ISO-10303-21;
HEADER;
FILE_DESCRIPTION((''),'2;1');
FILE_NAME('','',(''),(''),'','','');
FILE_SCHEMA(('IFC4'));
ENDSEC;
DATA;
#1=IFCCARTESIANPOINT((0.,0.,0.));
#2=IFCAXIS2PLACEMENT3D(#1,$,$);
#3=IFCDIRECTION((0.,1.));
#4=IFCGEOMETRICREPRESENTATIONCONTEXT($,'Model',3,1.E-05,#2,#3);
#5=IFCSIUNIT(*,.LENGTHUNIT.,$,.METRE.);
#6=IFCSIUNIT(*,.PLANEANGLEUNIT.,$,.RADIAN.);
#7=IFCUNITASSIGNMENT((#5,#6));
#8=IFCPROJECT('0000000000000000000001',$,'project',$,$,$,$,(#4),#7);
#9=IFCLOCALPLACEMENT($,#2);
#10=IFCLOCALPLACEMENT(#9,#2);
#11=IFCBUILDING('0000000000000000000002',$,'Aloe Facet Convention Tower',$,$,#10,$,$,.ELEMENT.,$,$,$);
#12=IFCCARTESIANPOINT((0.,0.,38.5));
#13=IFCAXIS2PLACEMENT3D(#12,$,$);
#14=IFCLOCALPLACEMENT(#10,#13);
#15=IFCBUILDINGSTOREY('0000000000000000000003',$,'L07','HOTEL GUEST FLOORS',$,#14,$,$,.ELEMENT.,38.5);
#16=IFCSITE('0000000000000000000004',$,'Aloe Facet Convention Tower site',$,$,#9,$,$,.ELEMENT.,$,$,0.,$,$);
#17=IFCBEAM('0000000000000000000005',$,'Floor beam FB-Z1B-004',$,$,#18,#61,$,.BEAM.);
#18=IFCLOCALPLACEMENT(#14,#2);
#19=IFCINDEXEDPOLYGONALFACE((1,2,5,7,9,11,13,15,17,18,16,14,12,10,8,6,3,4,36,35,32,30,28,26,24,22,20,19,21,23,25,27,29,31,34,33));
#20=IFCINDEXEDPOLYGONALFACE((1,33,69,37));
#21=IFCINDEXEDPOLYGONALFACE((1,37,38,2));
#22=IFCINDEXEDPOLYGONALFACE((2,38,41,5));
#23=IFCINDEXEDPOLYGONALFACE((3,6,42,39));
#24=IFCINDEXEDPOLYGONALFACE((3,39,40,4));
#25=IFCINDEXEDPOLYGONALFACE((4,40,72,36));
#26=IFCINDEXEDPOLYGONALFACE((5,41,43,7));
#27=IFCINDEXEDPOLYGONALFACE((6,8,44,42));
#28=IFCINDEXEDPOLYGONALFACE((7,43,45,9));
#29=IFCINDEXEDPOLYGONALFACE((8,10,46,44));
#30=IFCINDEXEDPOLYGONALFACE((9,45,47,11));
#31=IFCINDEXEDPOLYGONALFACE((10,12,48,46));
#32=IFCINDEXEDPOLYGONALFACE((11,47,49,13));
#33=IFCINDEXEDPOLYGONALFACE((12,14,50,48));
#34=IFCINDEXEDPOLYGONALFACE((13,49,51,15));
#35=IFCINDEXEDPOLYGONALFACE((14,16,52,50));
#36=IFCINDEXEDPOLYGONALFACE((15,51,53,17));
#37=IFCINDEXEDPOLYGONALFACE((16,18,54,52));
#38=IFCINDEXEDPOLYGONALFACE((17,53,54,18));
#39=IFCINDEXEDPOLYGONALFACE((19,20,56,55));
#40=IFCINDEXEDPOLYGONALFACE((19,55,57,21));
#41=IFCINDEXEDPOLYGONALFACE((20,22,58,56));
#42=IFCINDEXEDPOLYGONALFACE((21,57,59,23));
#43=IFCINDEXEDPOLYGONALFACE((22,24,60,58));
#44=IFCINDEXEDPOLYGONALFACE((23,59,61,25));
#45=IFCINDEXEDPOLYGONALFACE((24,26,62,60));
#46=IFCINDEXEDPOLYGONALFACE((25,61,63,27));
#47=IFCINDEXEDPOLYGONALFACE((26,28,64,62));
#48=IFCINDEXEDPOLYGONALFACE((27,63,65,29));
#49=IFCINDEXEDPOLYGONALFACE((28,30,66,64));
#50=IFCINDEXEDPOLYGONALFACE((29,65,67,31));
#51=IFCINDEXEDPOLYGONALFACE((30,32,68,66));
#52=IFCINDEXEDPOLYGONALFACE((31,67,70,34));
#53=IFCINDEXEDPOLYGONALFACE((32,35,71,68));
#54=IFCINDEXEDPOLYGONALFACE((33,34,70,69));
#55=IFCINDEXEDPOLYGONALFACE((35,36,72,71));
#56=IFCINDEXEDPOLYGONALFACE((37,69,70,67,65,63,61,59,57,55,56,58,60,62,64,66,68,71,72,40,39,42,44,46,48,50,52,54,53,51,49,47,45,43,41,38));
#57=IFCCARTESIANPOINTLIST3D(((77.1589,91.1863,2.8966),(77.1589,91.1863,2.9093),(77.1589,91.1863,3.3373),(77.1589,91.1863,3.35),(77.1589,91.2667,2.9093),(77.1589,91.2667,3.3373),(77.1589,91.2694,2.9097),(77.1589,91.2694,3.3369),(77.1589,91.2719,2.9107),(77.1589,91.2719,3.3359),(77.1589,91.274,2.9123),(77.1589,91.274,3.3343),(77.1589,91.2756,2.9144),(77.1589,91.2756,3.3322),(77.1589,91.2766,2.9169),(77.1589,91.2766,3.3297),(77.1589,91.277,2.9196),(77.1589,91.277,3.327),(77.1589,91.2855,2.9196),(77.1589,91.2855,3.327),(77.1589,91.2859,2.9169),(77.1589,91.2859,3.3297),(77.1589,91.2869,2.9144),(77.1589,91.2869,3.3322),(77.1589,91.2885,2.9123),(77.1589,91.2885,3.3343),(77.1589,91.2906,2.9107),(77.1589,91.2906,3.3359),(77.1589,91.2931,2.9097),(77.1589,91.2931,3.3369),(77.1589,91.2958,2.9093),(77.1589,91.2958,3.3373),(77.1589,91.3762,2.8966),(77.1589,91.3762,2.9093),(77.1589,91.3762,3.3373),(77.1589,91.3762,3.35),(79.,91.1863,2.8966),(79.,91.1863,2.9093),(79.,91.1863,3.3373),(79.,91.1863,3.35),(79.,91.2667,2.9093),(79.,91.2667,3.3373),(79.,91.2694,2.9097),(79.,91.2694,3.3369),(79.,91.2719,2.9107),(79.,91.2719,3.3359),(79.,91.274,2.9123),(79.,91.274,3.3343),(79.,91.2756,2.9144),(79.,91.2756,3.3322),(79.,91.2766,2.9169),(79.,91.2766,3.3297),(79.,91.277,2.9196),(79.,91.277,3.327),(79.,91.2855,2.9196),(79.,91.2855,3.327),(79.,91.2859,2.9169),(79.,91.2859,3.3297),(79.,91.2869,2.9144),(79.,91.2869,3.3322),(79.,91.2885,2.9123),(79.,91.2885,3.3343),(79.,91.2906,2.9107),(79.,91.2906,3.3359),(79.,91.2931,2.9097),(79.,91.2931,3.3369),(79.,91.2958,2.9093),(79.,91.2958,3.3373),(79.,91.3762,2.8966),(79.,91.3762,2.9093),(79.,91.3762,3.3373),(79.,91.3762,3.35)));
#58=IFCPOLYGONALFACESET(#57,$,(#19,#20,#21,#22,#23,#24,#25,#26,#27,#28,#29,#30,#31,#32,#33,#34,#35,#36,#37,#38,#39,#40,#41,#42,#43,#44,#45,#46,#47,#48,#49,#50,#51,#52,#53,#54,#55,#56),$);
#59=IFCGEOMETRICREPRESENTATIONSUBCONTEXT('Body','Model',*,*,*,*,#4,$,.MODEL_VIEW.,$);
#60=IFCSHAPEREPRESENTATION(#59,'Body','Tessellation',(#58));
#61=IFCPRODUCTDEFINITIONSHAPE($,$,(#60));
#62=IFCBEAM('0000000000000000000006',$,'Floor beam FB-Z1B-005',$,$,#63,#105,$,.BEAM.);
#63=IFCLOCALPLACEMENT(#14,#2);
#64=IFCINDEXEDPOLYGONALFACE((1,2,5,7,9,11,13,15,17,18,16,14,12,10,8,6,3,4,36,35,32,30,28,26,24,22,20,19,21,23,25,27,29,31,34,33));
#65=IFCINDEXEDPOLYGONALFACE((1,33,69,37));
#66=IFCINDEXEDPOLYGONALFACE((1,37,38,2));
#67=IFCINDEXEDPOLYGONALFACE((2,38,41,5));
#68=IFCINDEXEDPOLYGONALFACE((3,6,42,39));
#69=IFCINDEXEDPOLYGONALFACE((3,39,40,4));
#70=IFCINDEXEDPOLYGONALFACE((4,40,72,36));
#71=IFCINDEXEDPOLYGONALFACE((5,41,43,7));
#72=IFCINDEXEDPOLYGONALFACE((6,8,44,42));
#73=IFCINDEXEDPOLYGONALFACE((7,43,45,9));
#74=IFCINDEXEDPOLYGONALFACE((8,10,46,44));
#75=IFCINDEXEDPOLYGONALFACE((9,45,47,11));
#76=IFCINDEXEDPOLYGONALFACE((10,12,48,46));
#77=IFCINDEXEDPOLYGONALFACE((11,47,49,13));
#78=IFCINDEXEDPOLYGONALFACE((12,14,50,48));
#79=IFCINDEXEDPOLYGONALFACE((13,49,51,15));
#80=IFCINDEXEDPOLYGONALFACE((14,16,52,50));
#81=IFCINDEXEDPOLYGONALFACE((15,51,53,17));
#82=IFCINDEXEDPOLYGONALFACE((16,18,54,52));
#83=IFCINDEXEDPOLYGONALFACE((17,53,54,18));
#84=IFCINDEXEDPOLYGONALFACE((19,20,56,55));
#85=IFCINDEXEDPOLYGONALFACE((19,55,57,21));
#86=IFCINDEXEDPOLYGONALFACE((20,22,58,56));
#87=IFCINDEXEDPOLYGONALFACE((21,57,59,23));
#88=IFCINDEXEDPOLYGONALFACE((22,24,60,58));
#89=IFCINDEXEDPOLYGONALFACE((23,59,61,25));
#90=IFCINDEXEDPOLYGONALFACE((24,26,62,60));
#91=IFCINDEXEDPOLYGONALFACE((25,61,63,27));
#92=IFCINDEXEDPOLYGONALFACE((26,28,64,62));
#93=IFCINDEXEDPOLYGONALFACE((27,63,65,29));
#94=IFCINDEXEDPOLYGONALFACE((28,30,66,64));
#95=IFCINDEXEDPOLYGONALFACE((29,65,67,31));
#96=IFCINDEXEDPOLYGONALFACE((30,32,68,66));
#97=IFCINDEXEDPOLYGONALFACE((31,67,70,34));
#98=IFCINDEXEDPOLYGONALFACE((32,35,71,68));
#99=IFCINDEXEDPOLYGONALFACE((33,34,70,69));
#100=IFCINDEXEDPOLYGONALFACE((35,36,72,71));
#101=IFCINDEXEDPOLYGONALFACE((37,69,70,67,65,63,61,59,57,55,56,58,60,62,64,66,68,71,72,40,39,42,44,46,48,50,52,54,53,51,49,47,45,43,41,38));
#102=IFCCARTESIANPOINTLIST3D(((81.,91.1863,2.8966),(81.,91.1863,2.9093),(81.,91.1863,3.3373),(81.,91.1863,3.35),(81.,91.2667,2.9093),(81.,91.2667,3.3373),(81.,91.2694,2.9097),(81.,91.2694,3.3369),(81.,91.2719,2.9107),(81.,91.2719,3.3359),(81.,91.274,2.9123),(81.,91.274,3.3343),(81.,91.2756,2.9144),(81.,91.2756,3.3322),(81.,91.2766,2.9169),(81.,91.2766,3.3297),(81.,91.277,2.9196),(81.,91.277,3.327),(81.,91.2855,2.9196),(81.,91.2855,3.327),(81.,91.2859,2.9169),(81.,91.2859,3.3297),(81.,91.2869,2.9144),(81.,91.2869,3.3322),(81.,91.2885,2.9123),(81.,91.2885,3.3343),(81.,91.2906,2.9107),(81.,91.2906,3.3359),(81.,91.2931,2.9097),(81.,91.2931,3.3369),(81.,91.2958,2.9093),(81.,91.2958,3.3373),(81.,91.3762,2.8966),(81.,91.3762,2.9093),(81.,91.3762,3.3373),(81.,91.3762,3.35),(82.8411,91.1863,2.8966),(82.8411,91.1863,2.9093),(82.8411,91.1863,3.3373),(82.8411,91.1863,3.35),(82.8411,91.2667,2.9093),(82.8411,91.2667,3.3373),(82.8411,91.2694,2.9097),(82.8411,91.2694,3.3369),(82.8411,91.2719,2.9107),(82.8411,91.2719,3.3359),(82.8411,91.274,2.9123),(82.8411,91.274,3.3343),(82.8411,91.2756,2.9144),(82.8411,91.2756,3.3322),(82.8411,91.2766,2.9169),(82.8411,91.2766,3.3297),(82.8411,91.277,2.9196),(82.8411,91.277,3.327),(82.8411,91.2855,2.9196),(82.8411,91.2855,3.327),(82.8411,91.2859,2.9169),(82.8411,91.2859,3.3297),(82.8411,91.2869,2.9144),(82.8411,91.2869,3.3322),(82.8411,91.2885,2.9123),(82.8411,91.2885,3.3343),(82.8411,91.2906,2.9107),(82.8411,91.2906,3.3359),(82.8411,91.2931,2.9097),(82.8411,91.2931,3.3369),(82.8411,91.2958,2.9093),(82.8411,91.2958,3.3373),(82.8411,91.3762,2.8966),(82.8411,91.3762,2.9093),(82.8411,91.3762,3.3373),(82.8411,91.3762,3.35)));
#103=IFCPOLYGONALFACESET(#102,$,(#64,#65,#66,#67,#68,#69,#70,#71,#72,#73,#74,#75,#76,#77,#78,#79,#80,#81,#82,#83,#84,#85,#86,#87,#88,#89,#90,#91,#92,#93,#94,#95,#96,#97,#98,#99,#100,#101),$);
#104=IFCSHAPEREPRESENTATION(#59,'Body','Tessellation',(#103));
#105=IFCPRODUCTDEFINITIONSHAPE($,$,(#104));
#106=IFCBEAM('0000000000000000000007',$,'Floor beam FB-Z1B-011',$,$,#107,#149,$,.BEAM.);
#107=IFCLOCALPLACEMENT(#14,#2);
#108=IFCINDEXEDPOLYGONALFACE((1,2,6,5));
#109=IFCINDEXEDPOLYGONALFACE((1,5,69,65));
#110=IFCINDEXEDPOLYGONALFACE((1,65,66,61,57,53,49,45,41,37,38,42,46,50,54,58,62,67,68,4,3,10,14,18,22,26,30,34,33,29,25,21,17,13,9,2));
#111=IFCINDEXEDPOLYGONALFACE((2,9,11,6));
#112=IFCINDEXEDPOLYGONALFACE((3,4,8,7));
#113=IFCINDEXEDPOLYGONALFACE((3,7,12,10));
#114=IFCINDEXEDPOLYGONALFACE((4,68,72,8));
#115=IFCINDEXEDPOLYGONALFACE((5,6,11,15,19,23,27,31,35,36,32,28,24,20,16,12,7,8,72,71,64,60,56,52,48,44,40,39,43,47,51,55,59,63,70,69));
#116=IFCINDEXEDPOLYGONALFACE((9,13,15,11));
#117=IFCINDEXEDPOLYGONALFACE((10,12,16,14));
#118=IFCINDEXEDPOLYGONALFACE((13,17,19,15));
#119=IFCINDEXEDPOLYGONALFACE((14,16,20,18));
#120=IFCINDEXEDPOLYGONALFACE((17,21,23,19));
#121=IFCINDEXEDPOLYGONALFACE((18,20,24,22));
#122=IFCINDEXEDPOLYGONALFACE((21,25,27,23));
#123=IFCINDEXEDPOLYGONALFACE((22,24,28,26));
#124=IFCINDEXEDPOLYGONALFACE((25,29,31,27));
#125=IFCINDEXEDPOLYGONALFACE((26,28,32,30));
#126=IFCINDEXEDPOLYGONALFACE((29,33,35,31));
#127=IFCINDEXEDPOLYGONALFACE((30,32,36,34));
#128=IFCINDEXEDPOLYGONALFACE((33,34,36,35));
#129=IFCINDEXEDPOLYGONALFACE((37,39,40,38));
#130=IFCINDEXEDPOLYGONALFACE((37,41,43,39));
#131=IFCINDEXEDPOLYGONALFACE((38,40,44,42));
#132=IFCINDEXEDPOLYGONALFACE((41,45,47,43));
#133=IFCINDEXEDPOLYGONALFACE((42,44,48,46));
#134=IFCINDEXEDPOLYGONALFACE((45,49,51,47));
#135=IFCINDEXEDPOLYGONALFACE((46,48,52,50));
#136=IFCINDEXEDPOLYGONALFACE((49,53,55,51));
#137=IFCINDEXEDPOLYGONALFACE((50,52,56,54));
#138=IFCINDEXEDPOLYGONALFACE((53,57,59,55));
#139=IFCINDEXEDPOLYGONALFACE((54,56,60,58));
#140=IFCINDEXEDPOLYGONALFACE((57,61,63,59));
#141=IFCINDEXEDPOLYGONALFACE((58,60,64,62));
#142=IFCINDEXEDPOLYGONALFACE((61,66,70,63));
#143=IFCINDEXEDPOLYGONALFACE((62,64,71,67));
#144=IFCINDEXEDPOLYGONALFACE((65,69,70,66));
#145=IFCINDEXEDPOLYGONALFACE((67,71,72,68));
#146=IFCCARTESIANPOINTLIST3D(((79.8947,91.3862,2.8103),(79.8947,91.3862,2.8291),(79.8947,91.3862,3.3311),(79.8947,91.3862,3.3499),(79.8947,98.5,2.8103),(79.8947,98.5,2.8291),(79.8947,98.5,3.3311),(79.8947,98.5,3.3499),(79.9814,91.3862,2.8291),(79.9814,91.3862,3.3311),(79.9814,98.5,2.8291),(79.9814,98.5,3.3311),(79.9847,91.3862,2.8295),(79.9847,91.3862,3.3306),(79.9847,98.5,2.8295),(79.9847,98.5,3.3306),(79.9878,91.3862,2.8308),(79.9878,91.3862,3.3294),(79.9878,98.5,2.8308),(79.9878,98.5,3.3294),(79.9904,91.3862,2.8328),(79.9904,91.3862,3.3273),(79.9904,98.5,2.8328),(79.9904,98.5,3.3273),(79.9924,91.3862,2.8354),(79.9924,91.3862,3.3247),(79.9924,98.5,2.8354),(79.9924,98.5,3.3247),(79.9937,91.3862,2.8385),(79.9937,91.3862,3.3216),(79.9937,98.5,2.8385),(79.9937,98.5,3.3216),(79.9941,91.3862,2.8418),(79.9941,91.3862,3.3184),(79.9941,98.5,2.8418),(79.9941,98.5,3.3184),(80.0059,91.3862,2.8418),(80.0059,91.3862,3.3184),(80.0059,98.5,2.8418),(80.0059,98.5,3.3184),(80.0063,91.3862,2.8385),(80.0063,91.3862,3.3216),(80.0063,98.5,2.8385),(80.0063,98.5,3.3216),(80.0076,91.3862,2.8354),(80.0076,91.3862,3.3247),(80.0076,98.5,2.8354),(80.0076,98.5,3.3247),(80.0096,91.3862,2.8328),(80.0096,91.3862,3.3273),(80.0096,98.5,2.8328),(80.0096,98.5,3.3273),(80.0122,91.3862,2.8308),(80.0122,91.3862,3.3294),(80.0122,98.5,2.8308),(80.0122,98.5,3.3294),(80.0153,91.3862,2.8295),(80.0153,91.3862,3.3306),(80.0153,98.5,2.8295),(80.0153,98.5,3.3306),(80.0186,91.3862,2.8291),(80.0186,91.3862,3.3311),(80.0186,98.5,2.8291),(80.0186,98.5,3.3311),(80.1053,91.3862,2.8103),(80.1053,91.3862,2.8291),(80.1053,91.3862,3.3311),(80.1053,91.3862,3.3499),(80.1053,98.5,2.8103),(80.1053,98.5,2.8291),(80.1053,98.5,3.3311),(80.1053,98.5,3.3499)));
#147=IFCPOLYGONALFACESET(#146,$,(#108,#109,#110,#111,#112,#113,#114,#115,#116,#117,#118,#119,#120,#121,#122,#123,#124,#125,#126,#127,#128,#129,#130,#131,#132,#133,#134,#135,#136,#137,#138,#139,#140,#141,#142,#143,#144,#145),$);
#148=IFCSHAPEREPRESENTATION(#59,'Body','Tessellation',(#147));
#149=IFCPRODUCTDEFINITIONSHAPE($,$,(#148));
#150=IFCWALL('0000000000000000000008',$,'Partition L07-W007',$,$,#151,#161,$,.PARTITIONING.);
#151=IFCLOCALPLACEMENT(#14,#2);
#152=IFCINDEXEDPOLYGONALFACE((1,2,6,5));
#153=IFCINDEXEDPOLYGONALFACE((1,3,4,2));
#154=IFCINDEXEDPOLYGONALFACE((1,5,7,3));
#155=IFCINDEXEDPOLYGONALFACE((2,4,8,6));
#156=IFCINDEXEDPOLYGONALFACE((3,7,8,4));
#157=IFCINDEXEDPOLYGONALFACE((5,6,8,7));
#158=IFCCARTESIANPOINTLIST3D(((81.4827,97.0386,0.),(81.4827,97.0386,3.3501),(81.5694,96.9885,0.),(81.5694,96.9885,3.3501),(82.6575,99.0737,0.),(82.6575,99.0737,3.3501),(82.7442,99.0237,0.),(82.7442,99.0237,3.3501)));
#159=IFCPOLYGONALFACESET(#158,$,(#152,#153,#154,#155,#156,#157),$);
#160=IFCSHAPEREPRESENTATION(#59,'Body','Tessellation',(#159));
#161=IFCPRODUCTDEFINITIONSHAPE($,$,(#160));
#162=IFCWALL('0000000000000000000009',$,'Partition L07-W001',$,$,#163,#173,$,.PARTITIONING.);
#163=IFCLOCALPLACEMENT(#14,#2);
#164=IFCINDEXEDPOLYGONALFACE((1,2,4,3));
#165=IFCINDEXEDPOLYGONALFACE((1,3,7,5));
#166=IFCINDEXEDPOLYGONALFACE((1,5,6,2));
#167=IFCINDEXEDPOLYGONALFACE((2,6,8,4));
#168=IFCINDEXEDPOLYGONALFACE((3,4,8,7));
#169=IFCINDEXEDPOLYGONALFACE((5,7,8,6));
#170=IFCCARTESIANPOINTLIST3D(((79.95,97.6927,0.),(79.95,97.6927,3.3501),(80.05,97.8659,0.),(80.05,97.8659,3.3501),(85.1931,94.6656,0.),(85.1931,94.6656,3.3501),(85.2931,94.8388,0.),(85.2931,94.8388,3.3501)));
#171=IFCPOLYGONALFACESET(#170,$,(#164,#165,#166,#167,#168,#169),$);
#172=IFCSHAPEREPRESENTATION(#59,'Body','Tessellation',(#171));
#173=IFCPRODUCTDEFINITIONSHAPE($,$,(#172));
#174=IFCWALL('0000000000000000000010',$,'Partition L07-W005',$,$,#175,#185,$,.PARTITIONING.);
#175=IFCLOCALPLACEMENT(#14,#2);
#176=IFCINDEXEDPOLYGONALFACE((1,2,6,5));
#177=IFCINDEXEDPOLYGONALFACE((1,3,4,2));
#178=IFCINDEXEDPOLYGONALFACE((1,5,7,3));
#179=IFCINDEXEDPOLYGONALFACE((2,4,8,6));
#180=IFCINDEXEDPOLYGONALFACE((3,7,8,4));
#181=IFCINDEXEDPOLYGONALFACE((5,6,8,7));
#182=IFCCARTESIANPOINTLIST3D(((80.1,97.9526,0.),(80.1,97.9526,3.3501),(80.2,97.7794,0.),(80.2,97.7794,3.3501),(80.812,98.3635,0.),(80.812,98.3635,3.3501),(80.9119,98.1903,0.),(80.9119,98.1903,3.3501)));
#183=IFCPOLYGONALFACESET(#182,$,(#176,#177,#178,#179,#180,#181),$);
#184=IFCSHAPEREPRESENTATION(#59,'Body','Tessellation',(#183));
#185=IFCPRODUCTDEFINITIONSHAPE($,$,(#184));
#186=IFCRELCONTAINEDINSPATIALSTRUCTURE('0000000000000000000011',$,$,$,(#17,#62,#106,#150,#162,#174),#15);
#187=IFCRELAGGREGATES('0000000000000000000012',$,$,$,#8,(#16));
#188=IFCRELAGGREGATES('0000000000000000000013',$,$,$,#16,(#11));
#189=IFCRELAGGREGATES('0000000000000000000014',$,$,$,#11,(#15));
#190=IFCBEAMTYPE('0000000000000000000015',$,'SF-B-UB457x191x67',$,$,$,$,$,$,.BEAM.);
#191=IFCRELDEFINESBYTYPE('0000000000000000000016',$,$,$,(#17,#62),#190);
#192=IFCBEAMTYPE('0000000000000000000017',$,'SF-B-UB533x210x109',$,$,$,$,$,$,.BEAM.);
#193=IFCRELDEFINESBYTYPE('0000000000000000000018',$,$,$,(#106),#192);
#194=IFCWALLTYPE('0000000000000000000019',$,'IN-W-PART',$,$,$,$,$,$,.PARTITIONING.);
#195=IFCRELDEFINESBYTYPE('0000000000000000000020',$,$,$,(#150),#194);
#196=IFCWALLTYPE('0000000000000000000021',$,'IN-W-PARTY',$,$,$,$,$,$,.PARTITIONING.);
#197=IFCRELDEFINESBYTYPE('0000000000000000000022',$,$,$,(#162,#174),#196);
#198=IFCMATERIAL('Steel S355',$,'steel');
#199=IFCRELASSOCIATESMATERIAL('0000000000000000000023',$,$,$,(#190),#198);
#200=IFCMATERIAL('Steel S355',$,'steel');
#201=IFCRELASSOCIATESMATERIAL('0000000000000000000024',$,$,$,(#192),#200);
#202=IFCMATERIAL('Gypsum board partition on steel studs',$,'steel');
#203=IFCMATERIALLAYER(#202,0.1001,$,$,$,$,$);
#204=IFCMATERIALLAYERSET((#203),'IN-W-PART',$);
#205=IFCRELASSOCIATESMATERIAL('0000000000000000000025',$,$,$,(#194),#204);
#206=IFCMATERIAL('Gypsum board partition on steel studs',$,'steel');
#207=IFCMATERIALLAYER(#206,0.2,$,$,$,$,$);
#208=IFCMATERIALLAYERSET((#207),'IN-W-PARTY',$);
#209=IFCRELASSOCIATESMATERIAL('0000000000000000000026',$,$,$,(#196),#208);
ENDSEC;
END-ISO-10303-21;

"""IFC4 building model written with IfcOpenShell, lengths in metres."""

from ifc_helpers import new_model, si_unit, direction, frame, frame_2d, origin, origin_2d, place, context, subcontext, project, spatial, rectangle, i_section, extrude, material, layer, layer_set, material_profile, profile_set, type_object, element, save


model = new_model("IFC4")

# Units and contexts
model_context = context("Model", 3, precision=1e-05, world=origin(), true_north=direction((0.0, 1.0)))
body_context = subcontext(model_context, "Body", "Model", "MODEL_VIEW")
ifc_project = project(units=[si_unit("LENGTHUNIT", "METRE"), si_unit("PLANEANGLEUNIT", "RADIAN")], contexts=[model_context])

# Site, building, storey
site_placement = place(None, origin())
site = spatial("IfcSite", under=ifc_project, at=site_placement, Name="Aloe Facet Convention Tower site", CompositionType="ELEMENT", RefElevation=0.0)
building_placement = place(site_placement, origin())
building = spatial("IfcBuilding", under=site, at=building_placement, Name="Aloe Facet Convention Tower", CompositionType="ELEMENT")
storey_placement = place(building_placement, frame((0.0, 0.0, 38.5)))
storey = spatial("IfcBuildingStorey", under=building, at=storey_placement, Name="L07", Description="HOTEL GUEST FLOORS", CompositionType="ELEMENT", Elevation=38.5)

# Beams
ifc_material_1 = material(Name="Steel S355", Category="steel")
ifc_material_profile_1 = material_profile(ifc_material_1, i_section(OverallWidth=0.1899, OverallDepth=0.4534, WebThickness=0.0085, FlangeThickness=0.0127, FilletRadius=0.0103, at=origin_2d()), Name="UB 457x191x67")
ifc_profile_set_1 = profile_set([ifc_material_profile_1], Name="Steel S355")
beam_type_1 = type_object("IfcBeamType", Name="SF-B-UB457x191x67", PredefinedType="BEAM", material=ifc_profile_set_1)
for number, where, z_axis, x_axis, name in (
    (1, (79.0, 91.2812, 3.1233), (-1.0, 0.0, 0.0), (0.0, -1.0, 0.0), "Floor beam FB-Z1B-004"),
    (2, (82.8411, 91.2812, 3.1233), (-1.0, 0.0, 0.0), (0.0, -1.0, 0.0), "Floor beam FB-Z1B-005"),
):
    element("IfcBeam", number, at=place(storey_placement, frame(where, z_axis=z_axis, x_axis=x_axis)), inside=storey, type_object=beam_type_1, Name=name, PredefinedType="BEAM", context=body_context, shape_type="SweptSolid", body=[
        extrude(i_section(OverallWidth=0.1899, OverallDepth=0.4534, WebThickness=0.0085, FlangeThickness=0.0127, FilletRadius=0.0103, at=origin_2d()), origin(), (0.0, 0.0, 1.0), 1.8411),
    ])
ifc_material_2 = material(Name="Steel S355", Category="steel")
ifc_material_profile_2 = material_profile(ifc_material_2, i_section(OverallWidth=0.2107, OverallDepth=0.5396, WebThickness=0.0117, FlangeThickness=0.0188, FilletRadius=0.0127, at=origin_2d()), Name="UB 533x210x109")
ifc_profile_set_2 = profile_set([ifc_material_profile_2], Name="Steel S355")
beam_type_2 = type_object("IfcBeamType", Name="SF-B-UB533x210x109", PredefinedType="BEAM", material=ifc_profile_set_2)
beam_1_placement = place(storey_placement, frame((80.0, 98.5, 3.0801), z_axis=(0.0, -1.0, 0.0), x_axis=(1.0, 0.0, 0.0)))
element("IfcBeam", 3, at=beam_1_placement, inside=storey, type_object=beam_type_2, Name="Floor beam FB-Z1B-011", PredefinedType="BEAM", context=body_context, shape_type="SweptSolid", body=[
    extrude(i_section(OverallWidth=0.2107, OverallDepth=0.5396, WebThickness=0.0117, FlangeThickness=0.0188, FilletRadius=0.0127, at=origin_2d()), origin(), (0.0, 0.0, 1.0), 7.1138),
])

# Walls
ifc_material_3 = material(Name="Gypsum board partition on steel studs", Category="steel")
ifc_layer_1 = layer(ifc_material_3, 0.1001)
ifc_layer_set_1 = layer_set([ifc_layer_1], Name="IN-W-PART")
wall_type_1 = type_object("IfcWallType", Name="IN-W-PART", PredefinedType="PARTITIONING", material=ifc_layer_set_1)
wall_1_placement = place(storey_placement, frame((81.5261, 97.0137, 0.0), z_axis=(0.0, 0.0, 1.0), x_axis=(0.499938, 0.866061, 0.0)))
element("IfcWall", 4, at=wall_1_placement, inside=storey, type_object=wall_type_1, Name="Partition L07-W007", PredefinedType="PARTITIONING", context=body_context, shape_type="SweptSolid", body=[
    extrude(rectangle(XDim=2.3499, YDim=0.1001, at=frame_2d((1.1748, 0.0))), origin(), (0.0, 0.0, 1.0), 3.3501),
])
ifc_material_4 = material(Name="Gypsum board partition on steel studs", Category="steel")
ifc_layer_2 = layer(ifc_material_4, 0.2)
ifc_layer_set_2 = layer_set([ifc_layer_2], Name="IN-W-PARTY")
wall_type_2 = type_object("IfcWallType", Name="IN-W-PARTY", PredefinedType="PARTITIONING", material=ifc_layer_set_2)
wall_2_placement = place(storey_placement, frame((80.0, 97.7793, 0.0), z_axis=(0.0, 0.0, 1.0), x_axis=(0.866028, -0.499995, 0.0)))
element("IfcWall", 5, at=wall_2_placement, inside=storey, type_object=wall_type_2, Name="Partition L07-W001", PredefinedType="PARTITIONING", context=body_context, shape_type="SweptSolid", body=[
    extrude(rectangle(XDim=6.0542, YDim=0.2, at=frame_2d((3.0271, 0.0))), origin(), (0.0, 0.0, 1.0), 3.3501),
])
wall_3_placement = place(storey_placement, frame((80.1499, 97.866, 0.0), z_axis=(0.0, 0.0, 1.0), x_axis=(0.866097, 0.499877, 0.0)))
element("IfcWall", 6, at=wall_3_placement, inside=storey, type_object=wall_type_2, Name="Partition L07-W005", PredefinedType="PARTITIONING", context=body_context, shape_type="SweptSolid", body=[
    extrude(rectangle(XDim=0.822, YDim=0.2, at=frame_2d((0.4111, 0.0))), origin(), (0.0, 0.0, 1.0), 3.3501),
])

save(model, "model.ifc")
